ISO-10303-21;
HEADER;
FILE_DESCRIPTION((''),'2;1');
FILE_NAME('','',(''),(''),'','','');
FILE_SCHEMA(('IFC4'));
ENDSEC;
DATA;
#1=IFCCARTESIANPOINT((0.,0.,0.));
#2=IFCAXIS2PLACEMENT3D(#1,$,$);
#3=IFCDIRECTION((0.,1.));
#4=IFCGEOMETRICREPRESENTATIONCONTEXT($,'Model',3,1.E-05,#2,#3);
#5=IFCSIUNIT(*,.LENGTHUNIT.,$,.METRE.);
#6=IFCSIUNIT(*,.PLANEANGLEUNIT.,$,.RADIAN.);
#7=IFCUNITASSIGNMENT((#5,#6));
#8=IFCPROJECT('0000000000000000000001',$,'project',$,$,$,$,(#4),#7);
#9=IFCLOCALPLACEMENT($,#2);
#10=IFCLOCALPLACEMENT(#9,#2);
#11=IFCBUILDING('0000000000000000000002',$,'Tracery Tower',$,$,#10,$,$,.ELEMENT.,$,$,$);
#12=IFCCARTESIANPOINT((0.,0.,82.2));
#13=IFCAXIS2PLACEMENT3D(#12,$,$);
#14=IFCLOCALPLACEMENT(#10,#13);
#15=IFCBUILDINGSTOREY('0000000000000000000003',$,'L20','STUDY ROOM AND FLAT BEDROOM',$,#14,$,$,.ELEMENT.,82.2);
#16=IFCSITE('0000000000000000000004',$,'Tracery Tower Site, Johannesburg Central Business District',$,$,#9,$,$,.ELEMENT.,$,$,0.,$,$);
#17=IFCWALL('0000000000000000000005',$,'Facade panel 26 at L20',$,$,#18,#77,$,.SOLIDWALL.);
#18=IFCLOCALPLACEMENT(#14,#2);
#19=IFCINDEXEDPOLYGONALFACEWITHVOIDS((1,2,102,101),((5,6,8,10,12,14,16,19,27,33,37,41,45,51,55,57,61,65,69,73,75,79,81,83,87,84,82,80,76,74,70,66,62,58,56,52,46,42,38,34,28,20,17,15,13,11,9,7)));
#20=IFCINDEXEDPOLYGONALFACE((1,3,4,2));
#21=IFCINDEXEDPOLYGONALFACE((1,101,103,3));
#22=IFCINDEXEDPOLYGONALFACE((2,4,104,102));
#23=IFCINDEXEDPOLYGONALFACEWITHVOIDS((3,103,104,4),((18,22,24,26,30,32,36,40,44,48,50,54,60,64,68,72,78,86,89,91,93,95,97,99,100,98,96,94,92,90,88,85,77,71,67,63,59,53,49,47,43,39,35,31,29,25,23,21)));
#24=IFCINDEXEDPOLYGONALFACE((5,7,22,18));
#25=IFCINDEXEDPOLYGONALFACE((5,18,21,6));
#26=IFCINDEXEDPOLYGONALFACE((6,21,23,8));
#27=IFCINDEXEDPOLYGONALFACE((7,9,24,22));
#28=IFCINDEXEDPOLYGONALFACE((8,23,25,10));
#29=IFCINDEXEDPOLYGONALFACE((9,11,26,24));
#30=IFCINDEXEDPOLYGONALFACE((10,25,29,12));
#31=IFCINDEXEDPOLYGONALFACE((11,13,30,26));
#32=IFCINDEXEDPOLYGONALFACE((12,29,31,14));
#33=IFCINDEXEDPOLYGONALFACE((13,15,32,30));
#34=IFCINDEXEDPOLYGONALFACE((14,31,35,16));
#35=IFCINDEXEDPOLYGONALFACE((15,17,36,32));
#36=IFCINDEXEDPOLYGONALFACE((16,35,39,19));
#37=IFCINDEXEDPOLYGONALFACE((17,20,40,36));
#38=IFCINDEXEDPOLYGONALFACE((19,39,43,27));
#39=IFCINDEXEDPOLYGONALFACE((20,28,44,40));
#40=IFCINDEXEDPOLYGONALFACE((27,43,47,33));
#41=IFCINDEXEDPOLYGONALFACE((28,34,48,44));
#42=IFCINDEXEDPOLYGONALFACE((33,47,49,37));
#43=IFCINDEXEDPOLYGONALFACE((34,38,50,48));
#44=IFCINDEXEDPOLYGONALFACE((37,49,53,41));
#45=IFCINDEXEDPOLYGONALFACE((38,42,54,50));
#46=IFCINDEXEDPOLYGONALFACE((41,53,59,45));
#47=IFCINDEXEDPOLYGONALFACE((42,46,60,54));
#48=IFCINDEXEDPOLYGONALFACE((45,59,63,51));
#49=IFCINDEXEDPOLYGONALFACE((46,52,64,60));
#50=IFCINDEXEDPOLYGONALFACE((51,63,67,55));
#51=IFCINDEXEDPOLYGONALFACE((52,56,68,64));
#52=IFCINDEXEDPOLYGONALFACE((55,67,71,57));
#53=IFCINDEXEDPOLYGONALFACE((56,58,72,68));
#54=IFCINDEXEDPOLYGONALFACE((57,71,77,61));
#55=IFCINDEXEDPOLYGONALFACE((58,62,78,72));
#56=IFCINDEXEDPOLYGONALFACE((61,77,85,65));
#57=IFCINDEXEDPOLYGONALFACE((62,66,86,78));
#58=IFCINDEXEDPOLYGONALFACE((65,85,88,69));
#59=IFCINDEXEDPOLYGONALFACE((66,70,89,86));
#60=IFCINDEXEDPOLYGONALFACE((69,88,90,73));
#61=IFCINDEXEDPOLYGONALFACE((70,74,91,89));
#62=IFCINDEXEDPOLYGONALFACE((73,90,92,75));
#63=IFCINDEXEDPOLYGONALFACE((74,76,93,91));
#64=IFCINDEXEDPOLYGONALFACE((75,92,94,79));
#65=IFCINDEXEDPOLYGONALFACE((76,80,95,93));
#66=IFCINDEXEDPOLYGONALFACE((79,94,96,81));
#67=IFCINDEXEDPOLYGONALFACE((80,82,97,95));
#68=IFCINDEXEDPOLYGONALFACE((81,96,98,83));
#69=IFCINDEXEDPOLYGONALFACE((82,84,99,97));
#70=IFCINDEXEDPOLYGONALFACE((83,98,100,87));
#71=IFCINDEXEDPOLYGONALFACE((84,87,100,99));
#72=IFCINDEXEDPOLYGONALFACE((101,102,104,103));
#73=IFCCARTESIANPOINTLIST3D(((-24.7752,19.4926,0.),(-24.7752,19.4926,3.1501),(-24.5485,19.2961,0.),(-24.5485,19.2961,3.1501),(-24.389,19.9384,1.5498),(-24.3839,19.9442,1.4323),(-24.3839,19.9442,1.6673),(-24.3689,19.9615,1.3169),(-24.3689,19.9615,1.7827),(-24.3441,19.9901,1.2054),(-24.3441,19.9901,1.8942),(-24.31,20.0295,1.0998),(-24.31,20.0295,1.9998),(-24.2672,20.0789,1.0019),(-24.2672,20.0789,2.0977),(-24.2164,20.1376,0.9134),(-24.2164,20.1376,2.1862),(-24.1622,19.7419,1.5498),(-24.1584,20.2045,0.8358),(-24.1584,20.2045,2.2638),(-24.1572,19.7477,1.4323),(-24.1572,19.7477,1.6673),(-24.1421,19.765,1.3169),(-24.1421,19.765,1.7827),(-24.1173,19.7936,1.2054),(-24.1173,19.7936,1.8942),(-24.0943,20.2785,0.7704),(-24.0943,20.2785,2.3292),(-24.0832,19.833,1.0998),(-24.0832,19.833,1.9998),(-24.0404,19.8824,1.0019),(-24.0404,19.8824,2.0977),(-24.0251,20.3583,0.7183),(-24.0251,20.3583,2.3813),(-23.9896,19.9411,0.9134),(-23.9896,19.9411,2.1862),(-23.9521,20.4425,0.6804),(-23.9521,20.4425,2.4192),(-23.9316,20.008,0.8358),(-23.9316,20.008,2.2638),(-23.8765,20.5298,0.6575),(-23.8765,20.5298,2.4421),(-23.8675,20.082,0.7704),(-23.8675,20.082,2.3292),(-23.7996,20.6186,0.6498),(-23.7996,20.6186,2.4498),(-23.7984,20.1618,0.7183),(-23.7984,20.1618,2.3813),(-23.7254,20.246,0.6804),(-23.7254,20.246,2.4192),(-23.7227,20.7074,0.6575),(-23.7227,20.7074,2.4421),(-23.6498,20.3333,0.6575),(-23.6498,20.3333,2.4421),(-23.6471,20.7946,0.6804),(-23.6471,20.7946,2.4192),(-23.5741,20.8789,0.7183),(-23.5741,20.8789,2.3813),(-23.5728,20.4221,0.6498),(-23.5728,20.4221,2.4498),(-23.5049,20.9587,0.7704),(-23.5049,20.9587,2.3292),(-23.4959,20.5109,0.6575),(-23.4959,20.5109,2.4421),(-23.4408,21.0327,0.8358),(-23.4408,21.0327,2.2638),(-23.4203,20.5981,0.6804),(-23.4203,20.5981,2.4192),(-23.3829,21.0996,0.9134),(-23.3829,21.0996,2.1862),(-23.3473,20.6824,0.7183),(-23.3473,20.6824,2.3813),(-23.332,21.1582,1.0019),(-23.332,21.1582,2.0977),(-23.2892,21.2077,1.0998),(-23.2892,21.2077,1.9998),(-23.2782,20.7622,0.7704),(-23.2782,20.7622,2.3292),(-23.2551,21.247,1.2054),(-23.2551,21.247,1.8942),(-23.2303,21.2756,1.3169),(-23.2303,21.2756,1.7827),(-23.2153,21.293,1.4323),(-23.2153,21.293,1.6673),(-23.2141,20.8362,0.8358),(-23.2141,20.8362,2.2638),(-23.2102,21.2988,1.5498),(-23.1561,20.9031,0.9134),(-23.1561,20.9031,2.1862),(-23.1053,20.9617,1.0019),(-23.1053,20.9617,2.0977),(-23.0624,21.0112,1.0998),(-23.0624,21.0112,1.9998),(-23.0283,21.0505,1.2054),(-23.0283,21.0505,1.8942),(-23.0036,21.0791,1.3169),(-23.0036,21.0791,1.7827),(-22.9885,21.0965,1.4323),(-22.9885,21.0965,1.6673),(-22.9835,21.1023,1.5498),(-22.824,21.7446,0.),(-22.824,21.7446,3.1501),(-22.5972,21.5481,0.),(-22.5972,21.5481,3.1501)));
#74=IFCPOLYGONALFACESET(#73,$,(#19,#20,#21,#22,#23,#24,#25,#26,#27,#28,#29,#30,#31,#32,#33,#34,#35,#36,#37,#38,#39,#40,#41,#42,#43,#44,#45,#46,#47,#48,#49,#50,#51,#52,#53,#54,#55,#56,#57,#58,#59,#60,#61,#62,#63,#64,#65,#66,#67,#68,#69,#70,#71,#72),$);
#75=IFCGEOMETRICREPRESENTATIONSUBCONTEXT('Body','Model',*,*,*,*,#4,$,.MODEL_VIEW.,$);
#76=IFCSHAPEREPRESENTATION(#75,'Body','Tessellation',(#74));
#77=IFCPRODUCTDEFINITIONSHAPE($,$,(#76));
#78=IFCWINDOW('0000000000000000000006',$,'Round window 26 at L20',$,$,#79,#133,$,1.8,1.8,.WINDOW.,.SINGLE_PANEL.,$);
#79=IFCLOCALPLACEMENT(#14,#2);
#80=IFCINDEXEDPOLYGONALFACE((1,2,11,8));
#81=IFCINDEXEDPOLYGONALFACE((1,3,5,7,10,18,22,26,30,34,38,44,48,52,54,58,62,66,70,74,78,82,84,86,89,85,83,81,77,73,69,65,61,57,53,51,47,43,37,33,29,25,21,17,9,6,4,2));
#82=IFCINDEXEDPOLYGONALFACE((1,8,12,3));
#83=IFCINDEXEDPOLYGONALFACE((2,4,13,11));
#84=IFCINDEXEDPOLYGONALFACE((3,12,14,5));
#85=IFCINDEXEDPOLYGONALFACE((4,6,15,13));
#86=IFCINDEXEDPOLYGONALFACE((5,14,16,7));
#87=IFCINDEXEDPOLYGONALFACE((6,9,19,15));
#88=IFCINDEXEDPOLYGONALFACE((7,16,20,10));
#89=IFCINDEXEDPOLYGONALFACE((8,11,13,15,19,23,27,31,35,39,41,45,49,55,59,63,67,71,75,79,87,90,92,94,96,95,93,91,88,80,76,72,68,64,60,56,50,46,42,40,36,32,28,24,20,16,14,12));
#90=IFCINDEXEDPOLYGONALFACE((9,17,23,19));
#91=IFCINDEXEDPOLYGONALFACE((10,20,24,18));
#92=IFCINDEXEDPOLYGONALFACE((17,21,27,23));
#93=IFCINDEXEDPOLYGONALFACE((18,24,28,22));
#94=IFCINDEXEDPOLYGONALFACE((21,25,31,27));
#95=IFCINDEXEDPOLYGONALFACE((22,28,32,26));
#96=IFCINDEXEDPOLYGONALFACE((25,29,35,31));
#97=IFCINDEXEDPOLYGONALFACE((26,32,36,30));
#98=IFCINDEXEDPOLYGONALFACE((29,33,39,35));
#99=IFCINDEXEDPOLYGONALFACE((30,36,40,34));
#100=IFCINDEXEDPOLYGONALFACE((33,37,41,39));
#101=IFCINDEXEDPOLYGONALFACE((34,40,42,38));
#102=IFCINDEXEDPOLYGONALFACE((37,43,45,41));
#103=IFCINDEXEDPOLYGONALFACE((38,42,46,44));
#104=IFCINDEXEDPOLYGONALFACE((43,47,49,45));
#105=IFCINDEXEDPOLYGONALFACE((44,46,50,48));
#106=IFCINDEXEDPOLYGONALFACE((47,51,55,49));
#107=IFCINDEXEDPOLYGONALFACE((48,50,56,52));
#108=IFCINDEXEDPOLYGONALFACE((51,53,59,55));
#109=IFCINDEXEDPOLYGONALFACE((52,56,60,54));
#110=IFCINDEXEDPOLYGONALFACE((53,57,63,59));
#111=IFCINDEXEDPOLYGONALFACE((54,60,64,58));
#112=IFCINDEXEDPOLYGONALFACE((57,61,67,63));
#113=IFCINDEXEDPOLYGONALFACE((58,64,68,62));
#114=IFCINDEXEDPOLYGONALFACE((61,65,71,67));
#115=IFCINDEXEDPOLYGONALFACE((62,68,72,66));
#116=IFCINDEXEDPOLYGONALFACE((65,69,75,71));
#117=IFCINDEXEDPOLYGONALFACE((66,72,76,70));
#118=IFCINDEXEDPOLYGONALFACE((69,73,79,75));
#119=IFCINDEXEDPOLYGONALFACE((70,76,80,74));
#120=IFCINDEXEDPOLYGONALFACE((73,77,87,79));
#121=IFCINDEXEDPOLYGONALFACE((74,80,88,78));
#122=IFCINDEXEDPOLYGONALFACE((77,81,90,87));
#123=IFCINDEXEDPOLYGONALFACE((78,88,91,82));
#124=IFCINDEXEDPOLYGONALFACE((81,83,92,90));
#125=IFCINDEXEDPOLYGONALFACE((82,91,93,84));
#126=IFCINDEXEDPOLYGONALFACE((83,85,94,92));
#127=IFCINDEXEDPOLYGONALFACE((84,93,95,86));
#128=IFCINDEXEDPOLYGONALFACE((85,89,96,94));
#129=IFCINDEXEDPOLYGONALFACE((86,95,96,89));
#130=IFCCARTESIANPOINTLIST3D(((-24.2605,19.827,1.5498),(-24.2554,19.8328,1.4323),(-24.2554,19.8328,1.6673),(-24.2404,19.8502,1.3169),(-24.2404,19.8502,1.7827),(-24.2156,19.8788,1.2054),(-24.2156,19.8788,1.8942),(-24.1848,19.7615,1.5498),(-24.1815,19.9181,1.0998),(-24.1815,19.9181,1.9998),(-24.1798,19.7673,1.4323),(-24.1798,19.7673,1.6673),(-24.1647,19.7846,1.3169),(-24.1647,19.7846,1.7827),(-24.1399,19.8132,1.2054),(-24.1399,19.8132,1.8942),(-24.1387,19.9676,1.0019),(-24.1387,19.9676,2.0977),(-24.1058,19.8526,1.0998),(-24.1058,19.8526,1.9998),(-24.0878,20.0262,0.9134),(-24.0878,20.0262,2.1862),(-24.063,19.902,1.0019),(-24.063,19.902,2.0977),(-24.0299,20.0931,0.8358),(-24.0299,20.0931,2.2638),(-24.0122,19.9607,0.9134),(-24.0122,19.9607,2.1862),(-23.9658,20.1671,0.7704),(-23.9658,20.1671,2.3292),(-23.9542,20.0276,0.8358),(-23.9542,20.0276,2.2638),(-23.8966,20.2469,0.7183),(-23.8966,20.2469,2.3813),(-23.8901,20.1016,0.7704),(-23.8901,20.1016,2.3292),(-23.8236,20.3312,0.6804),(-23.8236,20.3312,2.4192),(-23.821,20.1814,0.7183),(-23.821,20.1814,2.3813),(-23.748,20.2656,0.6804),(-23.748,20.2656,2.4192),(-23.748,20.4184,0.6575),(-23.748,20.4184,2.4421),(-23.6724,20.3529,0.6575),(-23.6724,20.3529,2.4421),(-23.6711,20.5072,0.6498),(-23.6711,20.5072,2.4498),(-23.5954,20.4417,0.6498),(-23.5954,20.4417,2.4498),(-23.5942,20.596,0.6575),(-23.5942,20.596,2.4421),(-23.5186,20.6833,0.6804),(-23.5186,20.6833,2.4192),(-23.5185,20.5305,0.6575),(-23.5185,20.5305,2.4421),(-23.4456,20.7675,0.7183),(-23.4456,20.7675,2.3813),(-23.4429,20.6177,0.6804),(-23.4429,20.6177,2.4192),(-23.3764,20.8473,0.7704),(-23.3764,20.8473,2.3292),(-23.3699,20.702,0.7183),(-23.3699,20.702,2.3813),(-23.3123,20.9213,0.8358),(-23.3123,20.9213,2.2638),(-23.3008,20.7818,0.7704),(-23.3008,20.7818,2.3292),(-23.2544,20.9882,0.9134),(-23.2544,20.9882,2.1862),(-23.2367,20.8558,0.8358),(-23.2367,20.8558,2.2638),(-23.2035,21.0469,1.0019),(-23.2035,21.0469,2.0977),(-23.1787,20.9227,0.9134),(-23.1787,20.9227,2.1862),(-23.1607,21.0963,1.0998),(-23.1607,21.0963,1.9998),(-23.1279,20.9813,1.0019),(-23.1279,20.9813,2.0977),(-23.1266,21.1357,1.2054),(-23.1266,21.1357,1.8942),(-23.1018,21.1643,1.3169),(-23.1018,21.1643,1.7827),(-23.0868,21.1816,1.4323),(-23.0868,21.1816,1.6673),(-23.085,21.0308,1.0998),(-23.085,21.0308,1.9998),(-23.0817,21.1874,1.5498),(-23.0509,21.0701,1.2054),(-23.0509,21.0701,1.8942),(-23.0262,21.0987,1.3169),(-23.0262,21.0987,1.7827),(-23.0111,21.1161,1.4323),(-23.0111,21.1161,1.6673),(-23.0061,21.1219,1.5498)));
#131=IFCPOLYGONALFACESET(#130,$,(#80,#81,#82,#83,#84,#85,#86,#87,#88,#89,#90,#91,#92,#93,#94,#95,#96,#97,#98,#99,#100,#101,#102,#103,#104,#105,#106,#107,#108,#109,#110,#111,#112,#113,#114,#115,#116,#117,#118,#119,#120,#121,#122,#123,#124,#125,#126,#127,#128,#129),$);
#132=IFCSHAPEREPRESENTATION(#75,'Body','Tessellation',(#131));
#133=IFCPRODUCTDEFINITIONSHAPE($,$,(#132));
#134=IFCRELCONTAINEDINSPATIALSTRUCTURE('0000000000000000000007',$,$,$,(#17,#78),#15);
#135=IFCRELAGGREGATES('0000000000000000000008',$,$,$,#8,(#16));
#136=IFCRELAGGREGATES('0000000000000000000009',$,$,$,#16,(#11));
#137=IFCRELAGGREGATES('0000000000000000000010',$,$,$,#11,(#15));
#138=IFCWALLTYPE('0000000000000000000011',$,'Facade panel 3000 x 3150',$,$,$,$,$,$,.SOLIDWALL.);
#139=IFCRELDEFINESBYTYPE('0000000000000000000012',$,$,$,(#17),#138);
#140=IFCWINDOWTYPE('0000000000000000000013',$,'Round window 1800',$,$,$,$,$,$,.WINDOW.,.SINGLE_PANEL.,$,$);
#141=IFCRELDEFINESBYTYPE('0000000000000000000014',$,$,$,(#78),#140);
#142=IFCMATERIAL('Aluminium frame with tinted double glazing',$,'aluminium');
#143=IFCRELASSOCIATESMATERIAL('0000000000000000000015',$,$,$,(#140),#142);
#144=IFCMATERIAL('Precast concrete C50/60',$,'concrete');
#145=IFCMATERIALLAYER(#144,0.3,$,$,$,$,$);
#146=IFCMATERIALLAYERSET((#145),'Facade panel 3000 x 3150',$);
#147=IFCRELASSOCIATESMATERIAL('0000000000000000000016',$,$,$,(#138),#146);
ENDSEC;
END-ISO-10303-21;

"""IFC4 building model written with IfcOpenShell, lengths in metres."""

from ifc_helpers import new_model, si_unit, direction, frame, frame_2d, origin, origin_2d, place, context, subcontext, project, spatial, rectangle, circle, extrude, material, layer, layer_set, type_object, element, fill, save


model = new_model("IFC4")

# Units and contexts
model_context = context("Model", 3, precision=1e-05, world=origin(), true_north=direction((0.0, 1.0)))
body_context = subcontext(model_context, "Body", "Model", "MODEL_VIEW")
ifc_project = project(units=[si_unit("LENGTHUNIT", "METRE"), si_unit("PLANEANGLEUNIT", "RADIAN")], contexts=[model_context])

# Site, building, storey
site_placement = place(None, origin())
site = spatial("IfcSite", under=ifc_project, at=site_placement, Name="Tracery Tower Site, Johannesburg Central Business District", CompositionType="ELEMENT", RefElevation=0.0)
building_placement = place(site_placement, origin())
building = spatial("IfcBuilding", under=site, at=building_placement, Name="Tracery Tower", CompositionType="ELEMENT")
storey_placement = place(building_placement, frame((0.0, 0.0, 82.2)))
storey = spatial("IfcBuildingStorey", under=building, at=storey_placement, Name="L20", Description="STUDY ROOM AND FLAT BEDROOM", CompositionType="ELEMENT", Elevation=82.2)

# Wall, opening, window
ifc_material_1 = material(Name="Aluminium frame with tinted double glazing", Category="aluminium")
window_type = type_object("IfcWindowType", Name="Round window 1800", PartitioningType="SINGLE_PANEL", PredefinedType="WINDOW", material=ifc_material_1)
ifc_material_2 = material(Name="Precast concrete C50/60", Category="concrete")
ifc_layer_1 = layer(ifc_material_2, 0.3)
ifc_layer_set_1 = layer_set([ifc_layer_1], Name="Facade panel 3000 x 3150")
wall_type_1 = type_object("IfcWallType", Name="Facade panel 3000 x 3150", PredefinedType="SOLIDWALL", material=ifc_layer_set_1)
wall_1_placement = place(storey_placement, frame((-22.7107, 21.6462, 0.0), z_axis=(0.0, 0.0, 1.0), x_axis=(-0.654831, -0.755776, 0.0)))
wall_1 = element("IfcWall", 1, at=wall_1_placement, inside=storey, type_object=wall_type_1, Name="Facade panel 26 at L20", PredefinedType="SOLIDWALL", context=body_context, shape_type="SweptSolid", body=[
    extrude(rectangle(XDim=2.9797, YDim=0.3, at=frame_2d((1.4897, 0.0))), origin(), (0.0, 0.0, 1.0), 3.1501),
])
opening_1_placement = place(wall_1_placement, frame((1.4897, 0.0, 1.5498)))
opening_1 = element("IfcOpeningElement", 2, at=opening_1_placement, cuts=wall_1, PredefinedType="OPENING", context=body_context, shape_type="SweptSolid", body=[
    extrude(circle(Radius=0.9, at=origin_2d()), frame((0.0, 0.1599, 0.0), z_axis=(0.0, -1.0, 0.0), x_axis=(1.0, 0.0, 0.0)), (0.0, 0.0, 1.0), 0.3201),
])
window_1_placement = place(opening_1_placement, origin())
window_1 = element("IfcWindow", 3, at=window_1_placement, inside=storey, type_object=window_type, Name="Round window 26 at L20", OverallHeight=1.8, OverallWidth=1.8, PartitioningType="SINGLE_PANEL", PredefinedType="WINDOW", context=body_context, shape_type="SweptSolid", body=[
    extrude(circle(Radius=0.9, at=origin_2d()), frame((0.0, 0.1201, 0.0), z_axis=(0.0, -1.0, 0.0), x_axis=(1.0, 0.0, 0.0)), (0.0, 0.0, 1.0), 0.1001),
])
fill(opening_1, window_1)

save(model, "model.ifc")
